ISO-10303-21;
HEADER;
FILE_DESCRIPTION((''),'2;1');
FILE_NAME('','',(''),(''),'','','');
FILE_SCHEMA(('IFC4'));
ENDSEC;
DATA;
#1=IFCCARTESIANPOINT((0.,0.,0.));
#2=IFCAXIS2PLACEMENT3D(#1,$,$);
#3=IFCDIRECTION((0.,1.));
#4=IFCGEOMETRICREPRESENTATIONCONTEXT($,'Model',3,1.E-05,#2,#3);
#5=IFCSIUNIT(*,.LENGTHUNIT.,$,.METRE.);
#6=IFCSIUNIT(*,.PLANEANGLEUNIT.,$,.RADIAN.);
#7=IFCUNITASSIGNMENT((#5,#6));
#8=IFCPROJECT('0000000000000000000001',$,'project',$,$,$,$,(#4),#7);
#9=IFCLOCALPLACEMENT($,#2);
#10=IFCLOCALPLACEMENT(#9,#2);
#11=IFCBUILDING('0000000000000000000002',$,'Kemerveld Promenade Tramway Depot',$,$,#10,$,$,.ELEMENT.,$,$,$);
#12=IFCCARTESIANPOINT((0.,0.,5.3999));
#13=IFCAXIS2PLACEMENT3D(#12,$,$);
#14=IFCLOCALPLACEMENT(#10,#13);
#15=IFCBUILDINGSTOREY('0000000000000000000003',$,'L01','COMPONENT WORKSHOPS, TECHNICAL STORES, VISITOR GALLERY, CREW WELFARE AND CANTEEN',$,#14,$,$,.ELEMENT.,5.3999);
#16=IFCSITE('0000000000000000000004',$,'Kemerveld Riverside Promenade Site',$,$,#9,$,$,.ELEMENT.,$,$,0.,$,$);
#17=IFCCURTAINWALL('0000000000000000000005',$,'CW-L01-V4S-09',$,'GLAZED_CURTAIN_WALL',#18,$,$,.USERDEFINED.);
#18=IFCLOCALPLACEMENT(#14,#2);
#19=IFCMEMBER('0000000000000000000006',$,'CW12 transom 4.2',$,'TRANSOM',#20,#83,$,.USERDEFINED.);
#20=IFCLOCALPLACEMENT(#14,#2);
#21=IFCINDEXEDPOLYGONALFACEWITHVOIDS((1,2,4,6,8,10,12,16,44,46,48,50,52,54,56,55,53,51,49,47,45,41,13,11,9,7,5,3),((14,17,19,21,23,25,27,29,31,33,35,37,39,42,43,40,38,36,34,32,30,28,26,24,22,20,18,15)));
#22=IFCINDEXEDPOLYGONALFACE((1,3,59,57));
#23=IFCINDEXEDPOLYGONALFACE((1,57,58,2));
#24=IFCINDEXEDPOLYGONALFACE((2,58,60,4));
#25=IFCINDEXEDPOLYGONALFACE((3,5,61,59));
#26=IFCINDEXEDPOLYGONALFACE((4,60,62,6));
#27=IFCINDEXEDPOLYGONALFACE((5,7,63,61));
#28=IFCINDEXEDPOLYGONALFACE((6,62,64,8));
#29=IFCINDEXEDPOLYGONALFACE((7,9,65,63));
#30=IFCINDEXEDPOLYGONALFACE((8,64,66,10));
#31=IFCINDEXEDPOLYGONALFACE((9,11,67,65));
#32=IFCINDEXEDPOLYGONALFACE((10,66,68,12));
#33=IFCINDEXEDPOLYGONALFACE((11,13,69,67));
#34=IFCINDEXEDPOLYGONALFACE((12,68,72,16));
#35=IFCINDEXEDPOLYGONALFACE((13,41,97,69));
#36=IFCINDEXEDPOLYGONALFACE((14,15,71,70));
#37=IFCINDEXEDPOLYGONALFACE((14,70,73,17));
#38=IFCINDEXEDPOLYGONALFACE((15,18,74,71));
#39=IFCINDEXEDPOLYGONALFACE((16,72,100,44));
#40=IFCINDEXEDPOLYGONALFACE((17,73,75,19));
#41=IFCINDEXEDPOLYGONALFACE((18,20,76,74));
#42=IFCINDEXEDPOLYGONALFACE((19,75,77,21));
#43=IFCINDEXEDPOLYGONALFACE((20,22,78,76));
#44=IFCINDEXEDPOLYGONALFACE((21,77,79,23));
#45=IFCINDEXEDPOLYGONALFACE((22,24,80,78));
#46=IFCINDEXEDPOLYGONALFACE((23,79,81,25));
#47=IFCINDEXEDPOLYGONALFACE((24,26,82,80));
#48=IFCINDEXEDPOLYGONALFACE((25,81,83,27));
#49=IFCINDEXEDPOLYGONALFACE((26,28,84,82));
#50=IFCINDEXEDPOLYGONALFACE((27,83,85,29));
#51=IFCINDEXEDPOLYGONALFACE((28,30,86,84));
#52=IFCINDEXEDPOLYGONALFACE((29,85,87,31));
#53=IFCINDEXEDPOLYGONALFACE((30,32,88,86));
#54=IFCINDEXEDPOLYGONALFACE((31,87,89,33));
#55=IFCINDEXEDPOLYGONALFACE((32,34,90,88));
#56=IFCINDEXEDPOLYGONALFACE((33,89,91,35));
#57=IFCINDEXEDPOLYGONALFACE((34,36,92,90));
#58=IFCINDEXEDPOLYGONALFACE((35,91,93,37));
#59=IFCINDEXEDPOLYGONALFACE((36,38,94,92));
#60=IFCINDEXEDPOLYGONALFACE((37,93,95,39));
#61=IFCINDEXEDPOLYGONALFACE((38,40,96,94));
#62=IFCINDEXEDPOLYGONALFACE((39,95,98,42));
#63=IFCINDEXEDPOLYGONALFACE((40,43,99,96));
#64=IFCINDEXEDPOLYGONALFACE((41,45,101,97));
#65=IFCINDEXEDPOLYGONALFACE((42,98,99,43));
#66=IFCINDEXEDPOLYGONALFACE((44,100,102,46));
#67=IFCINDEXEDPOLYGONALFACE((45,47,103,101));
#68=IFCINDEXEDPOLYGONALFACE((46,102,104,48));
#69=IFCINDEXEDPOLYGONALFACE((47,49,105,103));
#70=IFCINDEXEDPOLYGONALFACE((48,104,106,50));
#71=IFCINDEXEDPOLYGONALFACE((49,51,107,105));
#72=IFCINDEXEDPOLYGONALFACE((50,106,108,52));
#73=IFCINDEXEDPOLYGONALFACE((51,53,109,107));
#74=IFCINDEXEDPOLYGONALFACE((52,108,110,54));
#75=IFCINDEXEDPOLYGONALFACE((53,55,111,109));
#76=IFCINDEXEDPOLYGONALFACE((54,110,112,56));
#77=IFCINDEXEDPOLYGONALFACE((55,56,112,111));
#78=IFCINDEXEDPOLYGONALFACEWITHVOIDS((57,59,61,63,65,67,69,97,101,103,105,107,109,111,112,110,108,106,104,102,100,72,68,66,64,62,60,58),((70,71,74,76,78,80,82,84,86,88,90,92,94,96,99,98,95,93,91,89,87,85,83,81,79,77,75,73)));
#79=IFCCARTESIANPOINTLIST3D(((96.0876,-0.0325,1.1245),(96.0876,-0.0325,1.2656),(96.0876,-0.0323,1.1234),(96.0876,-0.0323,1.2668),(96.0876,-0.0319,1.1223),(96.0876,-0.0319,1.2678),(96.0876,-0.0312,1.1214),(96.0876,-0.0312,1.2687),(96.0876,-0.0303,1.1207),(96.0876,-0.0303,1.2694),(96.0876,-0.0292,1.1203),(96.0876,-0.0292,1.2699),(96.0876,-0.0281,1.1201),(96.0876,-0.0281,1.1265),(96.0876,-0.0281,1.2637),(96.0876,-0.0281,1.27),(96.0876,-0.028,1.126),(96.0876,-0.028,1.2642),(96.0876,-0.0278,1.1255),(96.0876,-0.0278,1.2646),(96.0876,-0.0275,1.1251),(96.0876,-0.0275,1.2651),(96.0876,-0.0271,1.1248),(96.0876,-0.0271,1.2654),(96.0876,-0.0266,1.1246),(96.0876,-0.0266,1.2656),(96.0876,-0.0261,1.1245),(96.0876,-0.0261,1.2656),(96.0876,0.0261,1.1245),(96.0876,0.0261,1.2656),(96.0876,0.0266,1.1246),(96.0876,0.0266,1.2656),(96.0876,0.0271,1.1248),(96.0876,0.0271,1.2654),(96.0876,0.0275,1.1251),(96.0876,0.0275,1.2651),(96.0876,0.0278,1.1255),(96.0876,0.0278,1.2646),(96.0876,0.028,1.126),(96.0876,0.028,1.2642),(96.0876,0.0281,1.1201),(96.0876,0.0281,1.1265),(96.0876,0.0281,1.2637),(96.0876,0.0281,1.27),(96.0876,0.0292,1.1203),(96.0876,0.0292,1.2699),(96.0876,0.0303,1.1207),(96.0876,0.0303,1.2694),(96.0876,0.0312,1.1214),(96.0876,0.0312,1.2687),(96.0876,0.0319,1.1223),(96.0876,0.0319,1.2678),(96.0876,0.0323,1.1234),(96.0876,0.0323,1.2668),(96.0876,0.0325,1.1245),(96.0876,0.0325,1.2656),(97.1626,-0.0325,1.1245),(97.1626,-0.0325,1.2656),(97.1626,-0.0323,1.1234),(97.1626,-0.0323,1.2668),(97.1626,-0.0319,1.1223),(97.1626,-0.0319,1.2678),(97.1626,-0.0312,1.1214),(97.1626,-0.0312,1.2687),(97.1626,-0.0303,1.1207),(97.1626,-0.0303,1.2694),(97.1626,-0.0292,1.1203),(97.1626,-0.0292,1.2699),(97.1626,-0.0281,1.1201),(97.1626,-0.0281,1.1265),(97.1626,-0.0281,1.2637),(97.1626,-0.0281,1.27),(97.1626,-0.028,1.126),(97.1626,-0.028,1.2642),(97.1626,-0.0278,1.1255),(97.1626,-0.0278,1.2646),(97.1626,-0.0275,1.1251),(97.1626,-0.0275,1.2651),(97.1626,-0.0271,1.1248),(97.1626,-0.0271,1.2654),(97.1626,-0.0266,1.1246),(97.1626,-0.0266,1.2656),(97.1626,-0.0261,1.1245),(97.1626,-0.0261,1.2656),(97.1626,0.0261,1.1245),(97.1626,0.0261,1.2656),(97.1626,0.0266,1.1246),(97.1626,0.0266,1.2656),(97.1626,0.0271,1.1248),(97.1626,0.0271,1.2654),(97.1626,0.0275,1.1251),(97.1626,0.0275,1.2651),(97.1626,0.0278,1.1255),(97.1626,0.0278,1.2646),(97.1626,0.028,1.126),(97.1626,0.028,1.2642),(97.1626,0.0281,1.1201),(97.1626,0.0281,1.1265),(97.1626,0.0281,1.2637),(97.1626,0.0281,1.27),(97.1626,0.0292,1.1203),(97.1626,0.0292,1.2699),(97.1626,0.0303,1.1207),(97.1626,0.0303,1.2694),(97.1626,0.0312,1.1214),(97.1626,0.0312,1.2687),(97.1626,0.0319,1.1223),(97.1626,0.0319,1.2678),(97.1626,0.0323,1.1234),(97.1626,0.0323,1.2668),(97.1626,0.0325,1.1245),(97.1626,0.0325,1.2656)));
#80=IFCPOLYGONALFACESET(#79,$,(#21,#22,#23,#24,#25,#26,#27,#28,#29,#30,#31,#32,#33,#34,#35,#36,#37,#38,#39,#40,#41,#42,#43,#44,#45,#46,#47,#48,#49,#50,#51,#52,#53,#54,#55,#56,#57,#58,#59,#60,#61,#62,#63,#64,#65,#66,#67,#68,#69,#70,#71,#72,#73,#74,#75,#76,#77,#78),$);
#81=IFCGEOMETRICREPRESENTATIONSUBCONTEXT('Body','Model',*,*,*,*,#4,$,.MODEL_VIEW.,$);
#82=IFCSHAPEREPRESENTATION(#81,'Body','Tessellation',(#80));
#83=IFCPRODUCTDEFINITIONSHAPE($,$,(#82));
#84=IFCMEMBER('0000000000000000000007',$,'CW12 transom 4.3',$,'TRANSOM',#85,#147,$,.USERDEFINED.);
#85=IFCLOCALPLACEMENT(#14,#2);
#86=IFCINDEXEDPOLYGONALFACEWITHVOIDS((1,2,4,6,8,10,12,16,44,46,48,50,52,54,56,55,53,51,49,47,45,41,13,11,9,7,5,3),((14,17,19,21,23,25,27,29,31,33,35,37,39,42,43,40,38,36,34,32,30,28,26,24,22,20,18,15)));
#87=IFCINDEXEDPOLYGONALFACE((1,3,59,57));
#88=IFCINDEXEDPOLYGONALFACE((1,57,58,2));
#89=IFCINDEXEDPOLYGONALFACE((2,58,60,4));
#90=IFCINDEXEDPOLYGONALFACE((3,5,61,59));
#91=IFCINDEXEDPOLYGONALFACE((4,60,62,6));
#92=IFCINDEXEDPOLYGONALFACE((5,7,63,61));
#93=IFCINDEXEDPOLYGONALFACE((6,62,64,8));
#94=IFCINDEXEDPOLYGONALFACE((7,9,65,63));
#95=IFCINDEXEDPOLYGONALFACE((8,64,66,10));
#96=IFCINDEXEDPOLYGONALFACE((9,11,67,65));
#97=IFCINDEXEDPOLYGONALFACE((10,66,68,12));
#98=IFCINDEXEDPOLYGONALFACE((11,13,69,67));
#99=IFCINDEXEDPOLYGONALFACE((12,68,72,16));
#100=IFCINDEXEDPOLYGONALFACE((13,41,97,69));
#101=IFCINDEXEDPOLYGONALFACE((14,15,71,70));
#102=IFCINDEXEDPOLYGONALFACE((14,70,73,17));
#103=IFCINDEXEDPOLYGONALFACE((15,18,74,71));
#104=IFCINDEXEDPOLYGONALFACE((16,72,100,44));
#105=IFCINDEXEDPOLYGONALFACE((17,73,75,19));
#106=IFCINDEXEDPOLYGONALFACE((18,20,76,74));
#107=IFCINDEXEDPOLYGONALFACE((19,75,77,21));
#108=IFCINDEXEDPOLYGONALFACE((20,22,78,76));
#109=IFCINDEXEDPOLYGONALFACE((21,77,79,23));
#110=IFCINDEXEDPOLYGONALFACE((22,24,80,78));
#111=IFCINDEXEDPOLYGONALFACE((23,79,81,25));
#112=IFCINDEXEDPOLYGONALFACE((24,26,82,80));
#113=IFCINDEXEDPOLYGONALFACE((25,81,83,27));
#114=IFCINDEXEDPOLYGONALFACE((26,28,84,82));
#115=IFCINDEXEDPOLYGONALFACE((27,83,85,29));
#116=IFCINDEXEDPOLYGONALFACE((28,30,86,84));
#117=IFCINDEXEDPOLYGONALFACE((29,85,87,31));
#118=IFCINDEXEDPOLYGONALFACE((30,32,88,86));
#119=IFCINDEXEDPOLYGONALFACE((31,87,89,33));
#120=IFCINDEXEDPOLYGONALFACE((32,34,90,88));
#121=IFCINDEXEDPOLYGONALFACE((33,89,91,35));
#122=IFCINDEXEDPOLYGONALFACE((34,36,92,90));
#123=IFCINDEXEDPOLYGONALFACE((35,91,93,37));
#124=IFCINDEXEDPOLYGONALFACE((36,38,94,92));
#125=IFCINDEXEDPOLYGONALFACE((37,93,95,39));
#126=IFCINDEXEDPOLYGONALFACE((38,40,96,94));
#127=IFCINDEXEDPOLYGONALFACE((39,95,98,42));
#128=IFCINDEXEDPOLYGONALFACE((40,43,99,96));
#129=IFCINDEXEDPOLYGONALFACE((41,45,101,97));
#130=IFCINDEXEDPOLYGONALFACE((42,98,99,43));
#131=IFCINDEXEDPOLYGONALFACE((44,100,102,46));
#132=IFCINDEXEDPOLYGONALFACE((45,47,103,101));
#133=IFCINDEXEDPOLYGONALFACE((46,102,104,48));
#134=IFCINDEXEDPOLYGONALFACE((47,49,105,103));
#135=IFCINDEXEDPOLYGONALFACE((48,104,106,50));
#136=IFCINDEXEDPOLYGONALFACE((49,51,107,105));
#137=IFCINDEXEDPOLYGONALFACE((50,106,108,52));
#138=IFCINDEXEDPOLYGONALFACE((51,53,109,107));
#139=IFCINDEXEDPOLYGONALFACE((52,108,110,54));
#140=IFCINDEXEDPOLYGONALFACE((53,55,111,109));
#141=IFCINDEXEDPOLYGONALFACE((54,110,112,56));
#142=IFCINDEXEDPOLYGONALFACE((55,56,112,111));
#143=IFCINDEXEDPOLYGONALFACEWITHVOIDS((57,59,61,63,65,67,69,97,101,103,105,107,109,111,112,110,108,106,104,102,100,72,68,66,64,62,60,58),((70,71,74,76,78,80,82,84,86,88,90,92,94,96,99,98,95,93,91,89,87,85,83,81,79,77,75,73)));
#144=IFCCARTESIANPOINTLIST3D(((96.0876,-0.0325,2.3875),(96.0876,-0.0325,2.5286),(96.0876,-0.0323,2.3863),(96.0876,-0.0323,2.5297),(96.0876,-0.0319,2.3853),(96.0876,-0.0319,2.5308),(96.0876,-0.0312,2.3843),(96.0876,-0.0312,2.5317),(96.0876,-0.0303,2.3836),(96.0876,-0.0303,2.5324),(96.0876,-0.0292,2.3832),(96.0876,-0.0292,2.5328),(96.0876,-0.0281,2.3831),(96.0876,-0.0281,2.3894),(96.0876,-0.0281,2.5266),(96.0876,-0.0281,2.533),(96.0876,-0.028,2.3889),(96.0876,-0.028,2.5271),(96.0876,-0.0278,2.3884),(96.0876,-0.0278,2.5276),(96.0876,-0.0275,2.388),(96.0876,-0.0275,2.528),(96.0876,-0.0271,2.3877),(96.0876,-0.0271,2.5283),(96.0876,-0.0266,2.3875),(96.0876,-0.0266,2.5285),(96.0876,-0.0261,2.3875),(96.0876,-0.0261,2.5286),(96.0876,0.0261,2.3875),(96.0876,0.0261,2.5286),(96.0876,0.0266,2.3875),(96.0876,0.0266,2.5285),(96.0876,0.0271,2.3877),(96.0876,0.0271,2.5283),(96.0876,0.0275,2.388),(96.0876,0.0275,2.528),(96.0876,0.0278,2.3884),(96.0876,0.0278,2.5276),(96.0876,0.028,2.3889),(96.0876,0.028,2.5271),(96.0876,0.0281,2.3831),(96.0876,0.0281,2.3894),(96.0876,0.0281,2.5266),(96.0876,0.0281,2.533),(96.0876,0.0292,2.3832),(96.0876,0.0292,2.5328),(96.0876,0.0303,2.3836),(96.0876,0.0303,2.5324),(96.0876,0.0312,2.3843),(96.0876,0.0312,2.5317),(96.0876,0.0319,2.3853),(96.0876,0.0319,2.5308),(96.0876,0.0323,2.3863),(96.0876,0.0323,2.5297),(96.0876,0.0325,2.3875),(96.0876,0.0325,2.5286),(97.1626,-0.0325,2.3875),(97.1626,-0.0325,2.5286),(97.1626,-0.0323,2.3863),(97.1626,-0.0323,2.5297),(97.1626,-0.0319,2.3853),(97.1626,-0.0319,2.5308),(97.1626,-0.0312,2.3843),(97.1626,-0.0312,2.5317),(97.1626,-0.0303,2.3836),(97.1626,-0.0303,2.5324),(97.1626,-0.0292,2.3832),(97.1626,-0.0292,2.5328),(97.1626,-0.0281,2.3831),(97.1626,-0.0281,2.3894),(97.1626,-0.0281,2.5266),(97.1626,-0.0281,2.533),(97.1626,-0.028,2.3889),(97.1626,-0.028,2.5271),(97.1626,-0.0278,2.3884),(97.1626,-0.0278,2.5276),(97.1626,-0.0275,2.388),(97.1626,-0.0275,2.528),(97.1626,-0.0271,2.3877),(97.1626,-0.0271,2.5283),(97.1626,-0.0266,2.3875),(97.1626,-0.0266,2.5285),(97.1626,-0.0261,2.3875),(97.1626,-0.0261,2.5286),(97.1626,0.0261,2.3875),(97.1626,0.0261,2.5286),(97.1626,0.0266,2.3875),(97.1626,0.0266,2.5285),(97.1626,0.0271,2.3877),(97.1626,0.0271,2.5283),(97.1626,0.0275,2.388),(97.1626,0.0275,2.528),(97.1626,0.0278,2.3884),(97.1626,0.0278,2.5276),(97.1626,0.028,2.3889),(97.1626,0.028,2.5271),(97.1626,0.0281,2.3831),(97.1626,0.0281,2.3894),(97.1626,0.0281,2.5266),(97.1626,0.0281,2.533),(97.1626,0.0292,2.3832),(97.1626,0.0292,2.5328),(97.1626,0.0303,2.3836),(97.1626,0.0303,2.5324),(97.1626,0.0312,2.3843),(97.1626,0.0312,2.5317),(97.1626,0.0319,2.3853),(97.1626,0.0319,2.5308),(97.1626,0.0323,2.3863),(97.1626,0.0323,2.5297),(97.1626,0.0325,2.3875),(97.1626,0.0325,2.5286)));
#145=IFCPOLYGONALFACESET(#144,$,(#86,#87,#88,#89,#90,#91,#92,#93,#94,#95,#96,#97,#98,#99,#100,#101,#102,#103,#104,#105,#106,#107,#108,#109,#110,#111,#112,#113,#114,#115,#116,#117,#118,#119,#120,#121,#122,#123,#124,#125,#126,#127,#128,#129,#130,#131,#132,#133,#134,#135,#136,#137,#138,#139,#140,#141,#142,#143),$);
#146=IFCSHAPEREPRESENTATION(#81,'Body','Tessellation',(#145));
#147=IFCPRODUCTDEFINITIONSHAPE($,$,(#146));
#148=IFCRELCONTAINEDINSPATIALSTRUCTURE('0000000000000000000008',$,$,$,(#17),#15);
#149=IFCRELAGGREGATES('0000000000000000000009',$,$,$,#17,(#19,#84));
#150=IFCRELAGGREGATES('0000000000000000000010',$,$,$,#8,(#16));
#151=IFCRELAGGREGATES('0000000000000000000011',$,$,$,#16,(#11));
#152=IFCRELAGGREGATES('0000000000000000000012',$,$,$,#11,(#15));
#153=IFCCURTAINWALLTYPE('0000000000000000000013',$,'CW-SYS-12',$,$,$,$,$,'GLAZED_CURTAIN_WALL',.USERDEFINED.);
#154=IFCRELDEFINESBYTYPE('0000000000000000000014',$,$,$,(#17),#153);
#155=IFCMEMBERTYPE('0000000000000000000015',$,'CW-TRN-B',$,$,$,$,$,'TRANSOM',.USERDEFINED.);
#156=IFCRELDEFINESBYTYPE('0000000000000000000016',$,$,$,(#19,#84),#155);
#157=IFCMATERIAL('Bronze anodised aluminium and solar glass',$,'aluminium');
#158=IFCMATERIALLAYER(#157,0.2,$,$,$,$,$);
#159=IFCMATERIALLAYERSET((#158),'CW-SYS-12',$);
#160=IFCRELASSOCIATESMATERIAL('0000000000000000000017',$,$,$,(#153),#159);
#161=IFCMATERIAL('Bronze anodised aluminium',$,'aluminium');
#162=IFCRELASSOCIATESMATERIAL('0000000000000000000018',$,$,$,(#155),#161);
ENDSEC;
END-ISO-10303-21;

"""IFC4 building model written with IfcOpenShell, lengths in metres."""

from ifc_helpers import new_model, si_unit, direction, frame, origin, origin_2d, place, context, subcontext, project, spatial, hollow_rectangle, extrude, material, layer, layer_set, material_profile, profile_set, type_object, element, aggregate, save


model = new_model("IFC4")

# Units and contexts
model_context = context("Model", 3, precision=1e-05, world=origin(), true_north=direction((0.0, 1.0)))
body_context = subcontext(model_context, "Body", "Model", "MODEL_VIEW")
ifc_project = project(units=[si_unit("LENGTHUNIT", "METRE"), si_unit("PLANEANGLEUNIT", "RADIAN")], contexts=[model_context])

# Site, building, storey
site_placement = place(None, origin())
site = spatial("IfcSite", under=ifc_project, at=site_placement, Name="Kemerveld Riverside Promenade Site", CompositionType="ELEMENT", RefElevation=0.0)
building_placement = place(site_placement, origin())
building = spatial("IfcBuilding", under=site, at=building_placement, Name="Kemerveld Promenade Tramway Depot", CompositionType="ELEMENT")
storey_placement = place(building_placement, frame((0.0, 0.0, 5.3999)))
storey = spatial("IfcBuildingStorey", under=building, at=storey_placement, Name="L01", Description="COMPONENT WORKSHOPS, TECHNICAL STORES, VISITOR GALLERY, CREW WELFARE AND CANTEEN", CompositionType="ELEMENT", Elevation=5.3999)

# Curtain wall, members
ifc_material_1 = material(Name="Bronze anodised aluminium and solar glass", Category="aluminium")
ifc_layer_1 = layer(ifc_material_1, 0.2)
ifc_layer_set_1 = layer_set([ifc_layer_1], Name="CW-SYS-12")
curtain_wall_type = type_object("IfcCurtainWallType", Name="CW-SYS-12", ElementType="GLAZED_CURTAIN_WALL", PredefinedType="USERDEFINED", material=ifc_layer_set_1)
curtain_wall_placement = place(storey_placement, origin())
curtain_wall = element("IfcCurtainWall", 1, at=curtain_wall_placement, inside=storey, type_object=curtain_wall_type, Name="CW-L01-V4S-09", ObjectType="GLAZED_CURTAIN_WALL", PredefinedType="USERDEFINED")
ifc_material_2 = material(Name="Bronze anodised aluminium", Category="aluminium")
ifc_material_profile_1 = material_profile(ifc_material_2, hollow_rectangle(XDim=0.0649, YDim=0.1499, WallThickness=0.0044, InnerFilletRadius=0.002, OuterFilletRadius=0.0044, at=origin_2d()), Name="CW-TRN-150x65")
ifc_profile_set_1 = profile_set([ifc_material_profile_1], Name="Bronze anodised aluminium")
member_type_1 = type_object("IfcMemberType", Name="CW-TRN-B", ElementType="TRANSOM", PredefinedType="USERDEFINED", material=ifc_profile_set_1)
member_1_placement = place(storey_placement, frame((97.1626, 0.0, 1.1951), z_axis=(-1.0, 0.0, 0.0), x_axis=(0.0, -1.0, 0.0)))
member_1 = element("IfcMember", 2, at=member_1_placement, type_object=member_type_1, Name="CW12 transom 4.2", ObjectType="TRANSOM", PredefinedType="USERDEFINED", context=body_context, shape_type="SweptSolid", body=[
    extrude(hollow_rectangle(XDim=0.0649, YDim=0.1499, WallThickness=0.0044, InnerFilletRadius=0.002, OuterFilletRadius=0.0044, at=origin_2d()), origin(), (0.0, 0.0, 1.0), 1.075),
])
member_2_placement = place(storey_placement, frame((97.1626, 0.0, 2.458), z_axis=(-1.0, 0.0, 0.0), x_axis=(0.0, -1.0, 0.0)))
member_2 = element("IfcMember", 3, at=member_2_placement, type_object=member_type_1, Name="CW12 transom 4.3", ObjectType="TRANSOM", PredefinedType="USERDEFINED", context=body_context, shape_type="SweptSolid", body=[
    extrude(hollow_rectangle(XDim=0.0649, YDim=0.1499, WallThickness=0.0044, InnerFilletRadius=0.002, OuterFilletRadius=0.0044, at=origin_2d()), origin(), (0.0, 0.0, 1.0), 1.075),
])
aggregate(curtain_wall, [member_1, member_2])

save(model, "model.ifc")
